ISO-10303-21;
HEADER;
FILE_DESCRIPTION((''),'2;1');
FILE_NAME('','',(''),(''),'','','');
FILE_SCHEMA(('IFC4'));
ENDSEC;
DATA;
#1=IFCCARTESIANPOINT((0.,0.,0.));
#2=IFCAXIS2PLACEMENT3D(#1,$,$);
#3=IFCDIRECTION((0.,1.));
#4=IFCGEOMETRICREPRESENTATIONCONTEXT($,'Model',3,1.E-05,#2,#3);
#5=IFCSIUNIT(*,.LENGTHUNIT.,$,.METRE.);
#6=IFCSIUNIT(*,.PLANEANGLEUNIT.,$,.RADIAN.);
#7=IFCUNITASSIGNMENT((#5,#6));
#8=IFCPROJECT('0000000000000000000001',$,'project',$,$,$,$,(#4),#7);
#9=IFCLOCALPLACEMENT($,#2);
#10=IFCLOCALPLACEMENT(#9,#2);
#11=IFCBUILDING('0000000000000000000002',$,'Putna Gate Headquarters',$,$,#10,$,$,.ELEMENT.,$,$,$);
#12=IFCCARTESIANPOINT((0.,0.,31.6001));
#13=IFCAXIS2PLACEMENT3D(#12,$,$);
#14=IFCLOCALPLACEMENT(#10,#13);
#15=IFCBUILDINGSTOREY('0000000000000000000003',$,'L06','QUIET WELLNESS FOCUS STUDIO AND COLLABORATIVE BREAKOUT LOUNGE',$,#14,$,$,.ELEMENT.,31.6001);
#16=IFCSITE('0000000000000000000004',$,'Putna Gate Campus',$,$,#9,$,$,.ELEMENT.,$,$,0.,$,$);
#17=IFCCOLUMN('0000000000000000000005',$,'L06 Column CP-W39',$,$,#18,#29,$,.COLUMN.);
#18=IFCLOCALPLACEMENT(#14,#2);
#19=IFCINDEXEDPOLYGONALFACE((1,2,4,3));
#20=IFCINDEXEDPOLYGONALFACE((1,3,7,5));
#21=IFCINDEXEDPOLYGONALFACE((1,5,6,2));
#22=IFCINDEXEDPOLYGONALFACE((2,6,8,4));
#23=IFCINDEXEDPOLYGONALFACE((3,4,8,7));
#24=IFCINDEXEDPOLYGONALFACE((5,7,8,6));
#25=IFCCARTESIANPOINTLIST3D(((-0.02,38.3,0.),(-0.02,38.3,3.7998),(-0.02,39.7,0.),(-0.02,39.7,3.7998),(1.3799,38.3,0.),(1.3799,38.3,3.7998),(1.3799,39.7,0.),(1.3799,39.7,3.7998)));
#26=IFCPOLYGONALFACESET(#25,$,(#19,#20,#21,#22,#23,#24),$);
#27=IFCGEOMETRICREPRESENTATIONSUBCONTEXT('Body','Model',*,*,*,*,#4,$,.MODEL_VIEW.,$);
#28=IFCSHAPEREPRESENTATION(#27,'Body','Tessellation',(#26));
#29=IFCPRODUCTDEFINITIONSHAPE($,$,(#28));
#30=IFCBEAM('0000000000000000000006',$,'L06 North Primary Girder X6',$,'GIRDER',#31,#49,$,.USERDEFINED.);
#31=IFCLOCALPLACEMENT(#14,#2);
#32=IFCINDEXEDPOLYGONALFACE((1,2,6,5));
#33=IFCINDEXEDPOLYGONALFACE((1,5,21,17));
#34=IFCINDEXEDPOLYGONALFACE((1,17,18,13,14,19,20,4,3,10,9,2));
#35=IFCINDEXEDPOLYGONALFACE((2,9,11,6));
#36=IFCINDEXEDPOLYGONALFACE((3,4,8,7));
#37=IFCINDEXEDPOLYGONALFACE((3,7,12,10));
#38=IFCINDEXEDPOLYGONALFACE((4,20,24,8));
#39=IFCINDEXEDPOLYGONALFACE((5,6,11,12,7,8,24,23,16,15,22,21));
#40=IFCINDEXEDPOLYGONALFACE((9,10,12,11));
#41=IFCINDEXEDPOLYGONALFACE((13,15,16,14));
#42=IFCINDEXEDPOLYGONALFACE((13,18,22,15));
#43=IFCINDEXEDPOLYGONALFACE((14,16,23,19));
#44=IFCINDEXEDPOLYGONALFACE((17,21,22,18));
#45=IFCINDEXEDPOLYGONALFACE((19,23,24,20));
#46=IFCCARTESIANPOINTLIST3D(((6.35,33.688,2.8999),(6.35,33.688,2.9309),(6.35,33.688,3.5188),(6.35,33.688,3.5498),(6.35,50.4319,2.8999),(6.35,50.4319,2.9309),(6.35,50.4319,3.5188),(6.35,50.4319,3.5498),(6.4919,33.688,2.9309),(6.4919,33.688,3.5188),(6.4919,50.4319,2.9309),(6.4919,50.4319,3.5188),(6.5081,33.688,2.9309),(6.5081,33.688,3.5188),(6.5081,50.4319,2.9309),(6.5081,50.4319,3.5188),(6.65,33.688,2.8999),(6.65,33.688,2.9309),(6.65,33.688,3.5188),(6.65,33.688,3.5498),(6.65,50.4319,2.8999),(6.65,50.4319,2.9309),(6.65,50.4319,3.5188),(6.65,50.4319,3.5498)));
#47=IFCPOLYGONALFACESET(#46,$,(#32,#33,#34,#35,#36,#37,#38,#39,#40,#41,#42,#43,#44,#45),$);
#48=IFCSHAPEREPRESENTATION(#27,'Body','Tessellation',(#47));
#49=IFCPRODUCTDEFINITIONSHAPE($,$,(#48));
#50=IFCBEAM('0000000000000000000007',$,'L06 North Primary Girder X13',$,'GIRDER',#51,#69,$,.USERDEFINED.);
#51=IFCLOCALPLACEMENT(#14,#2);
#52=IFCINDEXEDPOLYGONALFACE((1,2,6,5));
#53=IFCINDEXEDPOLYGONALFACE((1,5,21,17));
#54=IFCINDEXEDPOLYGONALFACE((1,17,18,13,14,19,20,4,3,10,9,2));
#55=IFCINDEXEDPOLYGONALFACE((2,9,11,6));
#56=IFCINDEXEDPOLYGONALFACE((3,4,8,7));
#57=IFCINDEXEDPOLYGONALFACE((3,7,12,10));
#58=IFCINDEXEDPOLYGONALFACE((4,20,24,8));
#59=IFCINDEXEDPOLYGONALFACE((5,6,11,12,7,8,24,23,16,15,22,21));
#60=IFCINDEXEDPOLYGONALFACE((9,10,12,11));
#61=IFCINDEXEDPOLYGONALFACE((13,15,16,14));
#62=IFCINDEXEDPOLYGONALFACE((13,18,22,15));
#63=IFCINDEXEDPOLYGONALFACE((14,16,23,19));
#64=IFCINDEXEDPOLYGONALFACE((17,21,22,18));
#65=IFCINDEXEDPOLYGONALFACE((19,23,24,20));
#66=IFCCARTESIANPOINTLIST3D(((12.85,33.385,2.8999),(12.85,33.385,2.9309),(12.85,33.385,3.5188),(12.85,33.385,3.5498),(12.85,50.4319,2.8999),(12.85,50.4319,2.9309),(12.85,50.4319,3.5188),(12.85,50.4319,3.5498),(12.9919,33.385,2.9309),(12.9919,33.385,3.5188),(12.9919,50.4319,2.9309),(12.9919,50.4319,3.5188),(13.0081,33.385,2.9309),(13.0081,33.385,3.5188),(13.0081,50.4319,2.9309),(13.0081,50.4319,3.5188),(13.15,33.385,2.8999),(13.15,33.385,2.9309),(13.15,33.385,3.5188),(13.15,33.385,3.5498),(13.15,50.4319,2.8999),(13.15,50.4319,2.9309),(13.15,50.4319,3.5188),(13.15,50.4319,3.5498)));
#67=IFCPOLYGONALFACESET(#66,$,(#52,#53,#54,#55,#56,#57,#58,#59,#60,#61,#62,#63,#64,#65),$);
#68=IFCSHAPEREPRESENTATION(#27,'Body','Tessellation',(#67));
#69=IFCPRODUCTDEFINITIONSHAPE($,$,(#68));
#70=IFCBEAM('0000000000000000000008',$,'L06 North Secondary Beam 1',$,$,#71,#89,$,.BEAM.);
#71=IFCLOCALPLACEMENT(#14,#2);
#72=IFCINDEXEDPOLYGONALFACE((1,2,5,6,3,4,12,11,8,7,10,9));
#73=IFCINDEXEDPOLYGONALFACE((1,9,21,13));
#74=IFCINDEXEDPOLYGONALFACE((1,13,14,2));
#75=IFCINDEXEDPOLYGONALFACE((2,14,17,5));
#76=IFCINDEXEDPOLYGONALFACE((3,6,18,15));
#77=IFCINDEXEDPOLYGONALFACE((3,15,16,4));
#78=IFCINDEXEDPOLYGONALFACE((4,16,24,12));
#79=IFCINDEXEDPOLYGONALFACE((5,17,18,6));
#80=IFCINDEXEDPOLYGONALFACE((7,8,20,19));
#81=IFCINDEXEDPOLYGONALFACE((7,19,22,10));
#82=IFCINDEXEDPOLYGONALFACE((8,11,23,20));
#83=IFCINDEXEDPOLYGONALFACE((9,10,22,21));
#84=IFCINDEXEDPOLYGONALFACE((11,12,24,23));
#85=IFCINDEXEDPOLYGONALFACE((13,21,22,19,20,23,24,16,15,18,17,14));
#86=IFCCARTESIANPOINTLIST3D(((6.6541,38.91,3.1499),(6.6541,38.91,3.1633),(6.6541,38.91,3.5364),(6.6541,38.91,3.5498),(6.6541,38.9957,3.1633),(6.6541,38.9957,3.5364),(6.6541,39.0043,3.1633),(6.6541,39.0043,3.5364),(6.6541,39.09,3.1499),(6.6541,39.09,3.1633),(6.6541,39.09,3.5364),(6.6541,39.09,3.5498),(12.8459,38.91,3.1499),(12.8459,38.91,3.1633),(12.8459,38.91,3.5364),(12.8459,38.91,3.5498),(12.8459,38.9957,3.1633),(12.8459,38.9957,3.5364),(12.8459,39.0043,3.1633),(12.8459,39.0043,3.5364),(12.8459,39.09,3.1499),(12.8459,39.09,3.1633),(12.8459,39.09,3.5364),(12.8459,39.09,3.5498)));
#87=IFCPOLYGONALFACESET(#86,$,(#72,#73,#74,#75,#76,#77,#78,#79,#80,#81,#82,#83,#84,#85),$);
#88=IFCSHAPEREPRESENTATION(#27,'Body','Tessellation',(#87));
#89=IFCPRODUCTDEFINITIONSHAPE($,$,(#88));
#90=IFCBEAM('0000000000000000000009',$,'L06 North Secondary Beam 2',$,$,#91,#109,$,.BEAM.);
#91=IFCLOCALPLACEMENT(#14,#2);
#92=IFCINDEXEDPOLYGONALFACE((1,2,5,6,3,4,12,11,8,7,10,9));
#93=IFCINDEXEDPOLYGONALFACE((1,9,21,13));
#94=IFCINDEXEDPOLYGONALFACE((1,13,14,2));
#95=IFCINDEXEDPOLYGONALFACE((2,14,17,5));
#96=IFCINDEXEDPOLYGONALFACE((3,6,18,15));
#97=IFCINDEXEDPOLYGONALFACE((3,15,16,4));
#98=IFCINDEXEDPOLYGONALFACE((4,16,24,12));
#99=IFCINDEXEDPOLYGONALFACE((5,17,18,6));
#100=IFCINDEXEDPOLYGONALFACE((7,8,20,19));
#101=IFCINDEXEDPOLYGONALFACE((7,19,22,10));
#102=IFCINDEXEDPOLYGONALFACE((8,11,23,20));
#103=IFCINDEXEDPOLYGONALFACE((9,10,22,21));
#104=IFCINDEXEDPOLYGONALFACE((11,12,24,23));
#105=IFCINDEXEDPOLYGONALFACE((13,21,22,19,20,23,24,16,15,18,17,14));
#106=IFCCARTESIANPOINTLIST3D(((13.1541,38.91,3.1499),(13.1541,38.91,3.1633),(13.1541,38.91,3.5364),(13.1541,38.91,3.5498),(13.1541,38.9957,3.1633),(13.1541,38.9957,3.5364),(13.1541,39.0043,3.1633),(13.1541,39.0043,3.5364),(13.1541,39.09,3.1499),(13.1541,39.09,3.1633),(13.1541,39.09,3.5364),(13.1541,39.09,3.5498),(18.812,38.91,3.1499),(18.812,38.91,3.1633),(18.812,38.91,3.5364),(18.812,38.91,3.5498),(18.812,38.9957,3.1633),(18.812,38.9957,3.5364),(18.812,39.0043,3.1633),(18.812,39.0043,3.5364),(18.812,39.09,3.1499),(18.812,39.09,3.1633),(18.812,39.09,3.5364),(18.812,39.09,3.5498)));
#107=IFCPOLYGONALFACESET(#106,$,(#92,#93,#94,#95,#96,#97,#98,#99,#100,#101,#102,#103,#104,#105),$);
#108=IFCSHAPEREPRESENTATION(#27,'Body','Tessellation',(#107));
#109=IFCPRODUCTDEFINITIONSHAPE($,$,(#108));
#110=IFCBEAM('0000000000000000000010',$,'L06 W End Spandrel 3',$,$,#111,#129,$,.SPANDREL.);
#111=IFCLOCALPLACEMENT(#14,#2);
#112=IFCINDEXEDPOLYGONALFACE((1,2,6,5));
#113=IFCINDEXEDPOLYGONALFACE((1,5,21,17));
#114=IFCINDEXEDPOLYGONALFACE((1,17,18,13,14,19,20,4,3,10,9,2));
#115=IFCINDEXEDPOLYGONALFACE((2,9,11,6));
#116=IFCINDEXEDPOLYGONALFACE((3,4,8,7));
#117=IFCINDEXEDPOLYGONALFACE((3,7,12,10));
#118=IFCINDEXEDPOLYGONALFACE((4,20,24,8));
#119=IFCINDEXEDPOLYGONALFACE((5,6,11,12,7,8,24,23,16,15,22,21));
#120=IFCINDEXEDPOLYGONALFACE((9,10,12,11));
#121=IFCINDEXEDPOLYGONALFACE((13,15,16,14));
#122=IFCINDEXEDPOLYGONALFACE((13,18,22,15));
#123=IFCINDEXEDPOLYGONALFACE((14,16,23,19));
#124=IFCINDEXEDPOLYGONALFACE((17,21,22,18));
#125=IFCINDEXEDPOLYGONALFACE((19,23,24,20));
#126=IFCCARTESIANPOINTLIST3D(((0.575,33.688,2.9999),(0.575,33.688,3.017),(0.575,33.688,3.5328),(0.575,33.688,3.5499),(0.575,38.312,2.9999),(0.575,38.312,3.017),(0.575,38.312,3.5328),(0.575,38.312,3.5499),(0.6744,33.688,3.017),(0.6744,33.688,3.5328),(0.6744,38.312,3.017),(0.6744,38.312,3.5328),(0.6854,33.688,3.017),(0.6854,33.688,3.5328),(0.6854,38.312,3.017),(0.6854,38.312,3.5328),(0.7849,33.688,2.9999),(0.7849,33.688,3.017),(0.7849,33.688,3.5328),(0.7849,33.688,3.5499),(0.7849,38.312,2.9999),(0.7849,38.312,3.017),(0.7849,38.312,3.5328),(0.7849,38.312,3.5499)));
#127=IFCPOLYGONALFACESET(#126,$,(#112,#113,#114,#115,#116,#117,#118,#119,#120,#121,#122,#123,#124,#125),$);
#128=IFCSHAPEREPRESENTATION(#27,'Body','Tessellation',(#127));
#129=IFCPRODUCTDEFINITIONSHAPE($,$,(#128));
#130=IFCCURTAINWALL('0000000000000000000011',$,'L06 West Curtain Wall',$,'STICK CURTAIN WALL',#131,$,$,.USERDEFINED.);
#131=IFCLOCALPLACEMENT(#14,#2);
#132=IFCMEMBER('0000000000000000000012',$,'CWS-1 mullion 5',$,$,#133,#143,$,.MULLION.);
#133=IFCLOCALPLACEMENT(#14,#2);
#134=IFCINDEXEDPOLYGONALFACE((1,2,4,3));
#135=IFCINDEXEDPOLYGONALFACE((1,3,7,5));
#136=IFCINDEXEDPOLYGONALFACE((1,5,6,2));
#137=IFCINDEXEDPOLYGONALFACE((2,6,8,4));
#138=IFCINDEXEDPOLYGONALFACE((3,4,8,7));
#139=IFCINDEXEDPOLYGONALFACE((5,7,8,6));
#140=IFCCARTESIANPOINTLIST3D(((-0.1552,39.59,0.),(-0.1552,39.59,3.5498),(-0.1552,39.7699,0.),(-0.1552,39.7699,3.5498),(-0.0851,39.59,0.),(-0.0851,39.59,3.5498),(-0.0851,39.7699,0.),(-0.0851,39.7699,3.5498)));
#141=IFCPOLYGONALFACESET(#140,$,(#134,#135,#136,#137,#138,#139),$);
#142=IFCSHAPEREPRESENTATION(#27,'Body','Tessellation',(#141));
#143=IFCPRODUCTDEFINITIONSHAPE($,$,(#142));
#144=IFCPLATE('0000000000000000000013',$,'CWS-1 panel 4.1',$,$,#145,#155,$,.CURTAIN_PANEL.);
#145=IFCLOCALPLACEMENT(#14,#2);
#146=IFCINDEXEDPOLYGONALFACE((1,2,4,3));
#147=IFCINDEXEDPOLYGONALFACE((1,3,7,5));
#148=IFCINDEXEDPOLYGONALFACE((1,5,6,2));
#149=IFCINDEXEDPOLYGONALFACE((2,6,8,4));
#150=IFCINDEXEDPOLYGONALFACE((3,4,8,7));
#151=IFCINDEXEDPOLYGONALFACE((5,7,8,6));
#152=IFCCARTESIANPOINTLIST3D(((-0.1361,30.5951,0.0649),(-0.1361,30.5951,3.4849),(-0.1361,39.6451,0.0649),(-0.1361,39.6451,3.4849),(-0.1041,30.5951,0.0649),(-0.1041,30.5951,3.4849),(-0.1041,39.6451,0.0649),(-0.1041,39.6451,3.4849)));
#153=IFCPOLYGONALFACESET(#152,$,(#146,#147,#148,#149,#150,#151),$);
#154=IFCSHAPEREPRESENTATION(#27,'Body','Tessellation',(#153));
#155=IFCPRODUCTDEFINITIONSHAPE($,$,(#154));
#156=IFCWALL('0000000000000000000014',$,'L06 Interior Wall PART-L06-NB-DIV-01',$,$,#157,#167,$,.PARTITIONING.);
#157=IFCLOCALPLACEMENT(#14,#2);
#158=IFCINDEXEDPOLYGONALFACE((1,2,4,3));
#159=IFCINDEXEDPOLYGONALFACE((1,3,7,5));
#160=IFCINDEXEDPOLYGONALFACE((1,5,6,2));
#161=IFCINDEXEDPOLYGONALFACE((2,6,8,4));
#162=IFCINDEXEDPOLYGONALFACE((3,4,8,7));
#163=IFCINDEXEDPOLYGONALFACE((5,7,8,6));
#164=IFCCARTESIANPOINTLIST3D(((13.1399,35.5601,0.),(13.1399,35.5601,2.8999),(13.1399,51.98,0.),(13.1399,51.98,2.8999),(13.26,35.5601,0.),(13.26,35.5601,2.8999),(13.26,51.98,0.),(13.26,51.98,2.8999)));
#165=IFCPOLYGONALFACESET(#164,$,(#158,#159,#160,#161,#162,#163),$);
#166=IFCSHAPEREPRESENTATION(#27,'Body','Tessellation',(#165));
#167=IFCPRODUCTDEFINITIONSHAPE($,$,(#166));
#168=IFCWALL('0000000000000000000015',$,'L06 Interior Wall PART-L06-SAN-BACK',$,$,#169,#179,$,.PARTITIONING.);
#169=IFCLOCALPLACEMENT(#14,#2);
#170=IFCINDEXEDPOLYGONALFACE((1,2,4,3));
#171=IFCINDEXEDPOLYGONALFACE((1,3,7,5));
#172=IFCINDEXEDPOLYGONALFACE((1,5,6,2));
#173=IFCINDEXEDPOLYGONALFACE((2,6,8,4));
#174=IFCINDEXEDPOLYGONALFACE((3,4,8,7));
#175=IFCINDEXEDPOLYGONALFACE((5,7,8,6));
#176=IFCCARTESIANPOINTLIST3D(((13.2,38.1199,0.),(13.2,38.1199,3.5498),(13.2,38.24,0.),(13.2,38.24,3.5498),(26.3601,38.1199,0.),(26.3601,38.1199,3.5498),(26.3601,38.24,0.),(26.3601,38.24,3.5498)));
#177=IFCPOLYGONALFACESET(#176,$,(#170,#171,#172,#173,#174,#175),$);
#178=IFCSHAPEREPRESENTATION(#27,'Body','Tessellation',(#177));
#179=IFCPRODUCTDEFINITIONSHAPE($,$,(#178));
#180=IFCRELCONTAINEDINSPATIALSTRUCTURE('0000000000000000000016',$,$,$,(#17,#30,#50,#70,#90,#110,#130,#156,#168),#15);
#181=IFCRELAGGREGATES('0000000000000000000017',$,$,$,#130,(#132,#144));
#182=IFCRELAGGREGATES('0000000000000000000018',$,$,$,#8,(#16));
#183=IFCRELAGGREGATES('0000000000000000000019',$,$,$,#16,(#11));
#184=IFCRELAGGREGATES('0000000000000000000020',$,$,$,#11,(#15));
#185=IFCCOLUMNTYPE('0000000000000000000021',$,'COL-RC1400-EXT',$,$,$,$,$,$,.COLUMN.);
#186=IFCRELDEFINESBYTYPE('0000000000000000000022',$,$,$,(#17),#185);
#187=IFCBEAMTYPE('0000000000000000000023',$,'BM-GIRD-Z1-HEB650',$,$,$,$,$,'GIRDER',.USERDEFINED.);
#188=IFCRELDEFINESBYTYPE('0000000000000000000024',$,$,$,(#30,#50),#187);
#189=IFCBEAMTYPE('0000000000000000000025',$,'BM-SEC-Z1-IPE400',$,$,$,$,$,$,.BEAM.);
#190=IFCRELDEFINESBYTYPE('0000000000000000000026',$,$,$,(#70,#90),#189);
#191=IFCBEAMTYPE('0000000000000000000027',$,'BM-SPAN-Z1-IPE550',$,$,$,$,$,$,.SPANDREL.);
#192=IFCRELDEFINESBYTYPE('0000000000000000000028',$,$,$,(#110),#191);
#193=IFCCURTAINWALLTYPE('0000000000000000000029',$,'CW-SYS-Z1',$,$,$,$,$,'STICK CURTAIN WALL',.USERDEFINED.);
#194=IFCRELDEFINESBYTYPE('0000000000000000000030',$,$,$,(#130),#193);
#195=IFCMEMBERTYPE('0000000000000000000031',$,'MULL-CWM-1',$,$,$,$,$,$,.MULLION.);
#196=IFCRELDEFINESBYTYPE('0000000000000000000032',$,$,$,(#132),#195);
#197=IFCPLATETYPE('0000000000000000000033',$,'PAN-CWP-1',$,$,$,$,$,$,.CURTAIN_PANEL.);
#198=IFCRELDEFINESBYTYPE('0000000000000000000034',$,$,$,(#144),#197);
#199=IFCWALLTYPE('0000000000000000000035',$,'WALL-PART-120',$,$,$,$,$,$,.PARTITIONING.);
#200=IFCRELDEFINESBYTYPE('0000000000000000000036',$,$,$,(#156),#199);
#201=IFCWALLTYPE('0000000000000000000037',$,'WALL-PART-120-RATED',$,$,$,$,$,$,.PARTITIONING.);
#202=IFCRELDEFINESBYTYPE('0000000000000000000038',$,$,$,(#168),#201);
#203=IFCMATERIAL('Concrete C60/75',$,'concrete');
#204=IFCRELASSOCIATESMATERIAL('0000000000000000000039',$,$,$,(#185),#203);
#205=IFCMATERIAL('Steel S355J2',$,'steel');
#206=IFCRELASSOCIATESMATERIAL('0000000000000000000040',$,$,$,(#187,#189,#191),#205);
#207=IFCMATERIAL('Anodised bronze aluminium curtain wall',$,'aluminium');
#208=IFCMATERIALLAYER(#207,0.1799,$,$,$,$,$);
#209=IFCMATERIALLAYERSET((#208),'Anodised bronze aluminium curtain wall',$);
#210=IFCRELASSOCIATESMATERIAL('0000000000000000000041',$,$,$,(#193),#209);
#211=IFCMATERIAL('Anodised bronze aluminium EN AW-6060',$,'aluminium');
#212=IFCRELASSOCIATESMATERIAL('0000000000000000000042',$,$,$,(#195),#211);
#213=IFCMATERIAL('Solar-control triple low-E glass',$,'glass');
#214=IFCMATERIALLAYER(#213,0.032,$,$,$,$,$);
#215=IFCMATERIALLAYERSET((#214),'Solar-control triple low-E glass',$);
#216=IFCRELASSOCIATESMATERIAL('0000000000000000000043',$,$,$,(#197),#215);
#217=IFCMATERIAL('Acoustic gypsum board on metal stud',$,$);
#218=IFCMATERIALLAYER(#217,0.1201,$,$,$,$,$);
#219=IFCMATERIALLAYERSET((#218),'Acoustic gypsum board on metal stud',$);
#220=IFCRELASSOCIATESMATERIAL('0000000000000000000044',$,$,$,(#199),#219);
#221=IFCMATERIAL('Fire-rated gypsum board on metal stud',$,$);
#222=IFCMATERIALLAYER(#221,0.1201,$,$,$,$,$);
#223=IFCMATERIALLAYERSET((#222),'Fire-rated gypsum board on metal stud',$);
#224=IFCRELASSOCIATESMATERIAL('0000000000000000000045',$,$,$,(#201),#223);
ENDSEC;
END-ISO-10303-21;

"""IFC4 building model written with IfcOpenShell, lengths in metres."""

from ifc_helpers import new_model, si_unit, direction, frame, frame_2d, origin, origin_2d, place, context, subcontext, project, spatial, rectangle, i_section, extrude, material, layer, layer_set, material_profile, profile_set, type_object, element, aggregate, save


model = new_model("IFC4")

# Units and contexts
model_context = context("Model", 3, precision=1e-05, world=origin(), true_north=direction((0.0, 1.0)))
body_context = subcontext(model_context, "Body", "Model", "MODEL_VIEW")
ifc_project = project(units=[si_unit("LENGTHUNIT", "METRE"), si_unit("PLANEANGLEUNIT", "RADIAN")], contexts=[model_context])

# Site, building, storey
site_placement = place(None, origin())
site = spatial("IfcSite", under=ifc_project, at=site_placement, Name="Putna Gate Campus", CompositionType="ELEMENT", RefElevation=0.0)
building_placement = place(site_placement, origin())
building = spatial("IfcBuilding", under=site, at=building_placement, Name="Putna Gate Headquarters", CompositionType="ELEMENT")
storey_placement = place(building_placement, frame((0.0, 0.0, 31.6001)))
storey = spatial("IfcBuildingStorey", under=building, at=storey_placement, Name="L06", Description="QUIET WELLNESS FOCUS STUDIO AND COLLABORATIVE BREAKOUT LOUNGE", CompositionType="ELEMENT", Elevation=31.6001)

# Column
ifc_material_1 = material(Name="Concrete C60/75", Category="concrete")
ifc_material_profile_1 = material_profile(ifc_material_1, rectangle(XDim=1.3999, YDim=1.3999, at=origin_2d()), Name="Concrete C60/75")
ifc_profile_set_1 = profile_set([ifc_material_profile_1], Name="Concrete C60/75")
column_type = type_object("IfcColumnType", Name="COL-RC1400-EXT", PredefinedType="COLUMN", material=ifc_profile_set_1)
column_placement = place(storey_placement, frame((0.6799, 39.0, 0.0), z_axis=(0.0, 0.0, 1.0), x_axis=(1.0, 0.0, 0.0)))
element("IfcColumn", 1, at=column_placement, inside=storey, type_object=column_type, Name="L06 Column CP-W39", PredefinedType="COLUMN", context=body_context, shape_type="SweptSolid", body=[
    extrude(rectangle(XDim=1.3999, YDim=1.3999, at=origin_2d()), origin(), (0.0, 0.0, 1.0), 3.7998),
])

# Beams
ifc_material_2 = material(Name="Steel S355J2", Category="steel")
ifc_material_profile_2 = material_profile(ifc_material_2, i_section(OverallWidth=0.3, OverallDepth=0.6499, WebThickness=0.0161, FlangeThickness=0.031, at=origin_2d()), Name="Steel S355J2")
ifc_profile_set_2 = profile_set([ifc_material_profile_2], Name="Steel S355J2")
beam_type_1 = type_object("IfcBeamType", Name="BM-GIRD-Z1-HEB650", ElementType="GIRDER", PredefinedType="USERDEFINED", material=ifc_profile_set_2)
beam_1_placement = place(storey_placement, frame((6.5, 33.688, 3.2249), z_axis=(0.0, 1.0, 0.0), x_axis=(-1.0, 0.0, 0.0)))
element("IfcBeam", 2, at=beam_1_placement, inside=storey, type_object=beam_type_1, Name="L06 North Primary Girder X6", ObjectType="GIRDER", PredefinedType="USERDEFINED", context=body_context, shape_type="SweptSolid", body=[
    extrude(i_section(OverallWidth=0.3, OverallDepth=0.6499, WebThickness=0.0161, FlangeThickness=0.031, at=origin_2d()), origin(), (0.0, 0.0, 1.0), 16.7439),
])
beam_2_placement = place(storey_placement, frame((13.0, 33.385, 3.2249), z_axis=(0.0, 1.0, 0.0), x_axis=(-1.0, 0.0, 0.0)))
element("IfcBeam", 3, at=beam_2_placement, inside=storey, type_object=beam_type_1, Name="L06 North Primary Girder X13", ObjectType="GIRDER", PredefinedType="USERDEFINED", context=body_context, shape_type="SweptSolid", body=[
    extrude(i_section(OverallWidth=0.3, OverallDepth=0.6499, WebThickness=0.0161, FlangeThickness=0.031, at=origin_2d()), origin(), (0.0, 0.0, 1.0), 17.0469),
])
ifc_material_profile_3 = material_profile(ifc_material_2, i_section(OverallWidth=0.1799, OverallDepth=0.3999, WebThickness=0.0085, FlangeThickness=0.0134, at=origin_2d()), Name="Steel S355J2")
ifc_profile_set_3 = profile_set([ifc_material_profile_3], Name="Steel S355J2")
beam_type_2 = type_object("IfcBeamType", Name="BM-SEC-Z1-IPE400", PredefinedType="BEAM", material=ifc_profile_set_3)
beam_3_placement = place(storey_placement, frame((6.6541, 39.0, 3.3499), z_axis=(1.0, 0.0, 0.0), x_axis=(0.0, 1.0, 0.0)))
element("IfcBeam", 4, at=beam_3_placement, inside=storey, type_object=beam_type_2, Name="L06 North Secondary Beam 1", PredefinedType="BEAM", context=body_context, shape_type="SweptSolid", body=[
    extrude(i_section(OverallWidth=0.1799, OverallDepth=0.3999, WebThickness=0.0085, FlangeThickness=0.0134, at=origin_2d()), origin(), (0.0, 0.0, 1.0), 6.1919),
])
beam_4_placement = place(storey_placement, frame((13.1541, 39.0, 3.3499), z_axis=(1.0, 0.0, 0.0), x_axis=(0.0, 1.0, 0.0)))
element("IfcBeam", 5, at=beam_4_placement, inside=storey, type_object=beam_type_2, Name="L06 North Secondary Beam 2", PredefinedType="BEAM", context=body_context, shape_type="SweptSolid", body=[
    extrude(i_section(OverallWidth=0.1799, OverallDepth=0.3999, WebThickness=0.0085, FlangeThickness=0.0134, at=origin_2d()), origin(), (0.0, 0.0, 1.0), 5.658),
])
ifc_material_profile_4 = material_profile(ifc_material_2, i_section(OverallWidth=0.21, OverallDepth=0.55, WebThickness=0.011, FlangeThickness=0.0171, at=origin_2d()), Name="Steel S355J2")
ifc_profile_set_4 = profile_set([ifc_material_profile_4], Name="Steel S355J2")
beam_type_3 = type_object("IfcBeamType", Name="BM-SPAN-Z1-IPE550", PredefinedType="SPANDREL", material=ifc_profile_set_4)
beam_5_placement = place(storey_placement, frame((0.6799, 33.688, 3.2749), z_axis=(0.0, 1.0, 0.0), x_axis=(-1.0, 0.0, 0.0)))
element("IfcBeam", 6, at=beam_5_placement, inside=storey, type_object=beam_type_3, Name="L06 W End Spandrel 3", PredefinedType="SPANDREL", context=body_context, shape_type="SweptSolid", body=[
    extrude(i_section(OverallWidth=0.21, OverallDepth=0.55, WebThickness=0.011, FlangeThickness=0.0171, at=origin_2d()), origin(), (0.0, 0.0, 1.0), 4.624),
])

# Curtain wall, member, plate
ifc_material_3 = material(Name="Anodised bronze aluminium curtain wall", Category="aluminium")
ifc_layer_1 = layer(ifc_material_3, 0.1799)
ifc_layer_set_1 = layer_set([ifc_layer_1], Name="Anodised bronze aluminium curtain wall")
curtain_wall_type = type_object("IfcCurtainWallType", Name="CW-SYS-Z1", ElementType="STICK CURTAIN WALL", PredefinedType="USERDEFINED", material=ifc_layer_set_1)
curtain_wall_placement = place(storey_placement, origin())
curtain_wall = element("IfcCurtainWall", 7, at=curtain_wall_placement, inside=storey, type_object=curtain_wall_type, Name="L06 West Curtain Wall", ObjectType="STICK CURTAIN WALL", PredefinedType="USERDEFINED")
ifc_material_4 = material(Name="Anodised bronze aluminium EN AW-6060", Category="aluminium")
ifc_material_profile_5 = material_profile(ifc_material_4, rectangle(XDim=0.0701, YDim=0.1799, at=origin_2d()), Name="Anodised bronze aluminium EN AW-6060")
ifc_profile_set_5 = profile_set([ifc_material_profile_5], Name="Anodised bronze aluminium EN AW-6060")
member_type = type_object("IfcMemberType", Name="MULL-CWM-1", PredefinedType="MULLION", material=ifc_profile_set_5)
member_placement = place(storey_placement, frame((-0.1201, 39.6799, 0.0), z_axis=(0.0, 0.0, 1.0), x_axis=(-1.0, 0.0, 0.0)))
member = element("IfcMember", 8, at=member_placement, type_object=member_type, Name="CWS-1 mullion 5", PredefinedType="MULLION", context=body_context, shape_type="SweptSolid", body=[
    extrude(rectangle(XDim=0.0701, YDim=0.1799, at=origin_2d()), origin(), (0.0, 0.0, 1.0), 3.5498),
])
ifc_material_5 = material(Name="Solar-control triple low-E glass", Category="glass")
ifc_layer_2 = layer(ifc_material_5, 0.032)
ifc_layer_set_2 = layer_set([ifc_layer_2], Name="Solar-control triple low-E glass")
plate_type = type_object("IfcPlateType", Name="PAN-CWP-1", PredefinedType="CURTAIN_PANEL", material=ifc_layer_set_2)
plate_placement = place(storey_placement, frame((-0.1201, 35.1201, 0.0649), z_axis=(0.0, 0.0, 1.0), x_axis=(0.0, 1.0, 0.0)))
plate = element("IfcPlate", 9, at=plate_placement, type_object=plate_type, Name="CWS-1 panel 4.1", PredefinedType="CURTAIN_PANEL", context=body_context, shape_type="SweptSolid", body=[
    extrude(rectangle(XDim=9.05, YDim=0.032, at=origin_2d()), origin(), (0.0, 0.0, 1.0), 3.4199),
])
aggregate(curtain_wall, [member, plate])

# Wall
ifc_material_6 = material(Name="Acoustic gypsum board on metal stud")
ifc_layer_3 = layer(ifc_material_6, 0.1201)
ifc_layer_set_3 = layer_set([ifc_layer_3], Name="Acoustic gypsum board on metal stud")
wall_type_1 = type_object("IfcWallType", Name="WALL-PART-120", PredefinedType="PARTITIONING", material=ifc_layer_set_3)
wall_1_placement = place(storey_placement, frame((13.2, 35.5601, 0.0), z_axis=(0.0, 0.0, 1.0), x_axis=(0.0, 1.0, 0.0)))
element("IfcWall", 10, at=wall_1_placement, inside=storey, type_object=wall_type_1, Name="L06 Interior Wall PART-L06-NB-DIV-01", PredefinedType="PARTITIONING", context=body_context, shape_type="SweptSolid", body=[
    extrude(rectangle(XDim=16.4199, YDim=0.1201, at=frame_2d((8.21, 0.0))), origin(), (0.0, 0.0, 1.0), 2.8999),
])

# Shared definitions
ifc_material_7 = material(Name="Fire-rated gypsum board on metal stud")
ifc_layer_4 = layer(ifc_material_7, 0.1201)
ifc_layer_set_4 = layer_set([ifc_layer_4], Name="Fire-rated gypsum board on metal stud")
wall_type_2 = type_object("IfcWallType", Name="WALL-PART-120-RATED", PredefinedType="PARTITIONING", material=ifc_layer_set_4)

# Wall
wall_2_placement = place(storey_placement, frame((13.2, 38.1799, 0.0), z_axis=(0.0, 0.0, 1.0), x_axis=(1.0, 0.0, 0.0)))
element("IfcWall", 11, at=wall_2_placement, inside=storey, type_object=wall_type_2, Name="L06 Interior Wall PART-L06-SAN-BACK", PredefinedType="PARTITIONING", context=body_context, shape_type="SweptSolid", body=[
    extrude(rectangle(XDim=13.1602, YDim=0.1201, at=frame_2d((6.5801, 0.0))), origin(), (0.0, 0.0, 1.0), 3.5498),
])

save(model, "model.ifc")
